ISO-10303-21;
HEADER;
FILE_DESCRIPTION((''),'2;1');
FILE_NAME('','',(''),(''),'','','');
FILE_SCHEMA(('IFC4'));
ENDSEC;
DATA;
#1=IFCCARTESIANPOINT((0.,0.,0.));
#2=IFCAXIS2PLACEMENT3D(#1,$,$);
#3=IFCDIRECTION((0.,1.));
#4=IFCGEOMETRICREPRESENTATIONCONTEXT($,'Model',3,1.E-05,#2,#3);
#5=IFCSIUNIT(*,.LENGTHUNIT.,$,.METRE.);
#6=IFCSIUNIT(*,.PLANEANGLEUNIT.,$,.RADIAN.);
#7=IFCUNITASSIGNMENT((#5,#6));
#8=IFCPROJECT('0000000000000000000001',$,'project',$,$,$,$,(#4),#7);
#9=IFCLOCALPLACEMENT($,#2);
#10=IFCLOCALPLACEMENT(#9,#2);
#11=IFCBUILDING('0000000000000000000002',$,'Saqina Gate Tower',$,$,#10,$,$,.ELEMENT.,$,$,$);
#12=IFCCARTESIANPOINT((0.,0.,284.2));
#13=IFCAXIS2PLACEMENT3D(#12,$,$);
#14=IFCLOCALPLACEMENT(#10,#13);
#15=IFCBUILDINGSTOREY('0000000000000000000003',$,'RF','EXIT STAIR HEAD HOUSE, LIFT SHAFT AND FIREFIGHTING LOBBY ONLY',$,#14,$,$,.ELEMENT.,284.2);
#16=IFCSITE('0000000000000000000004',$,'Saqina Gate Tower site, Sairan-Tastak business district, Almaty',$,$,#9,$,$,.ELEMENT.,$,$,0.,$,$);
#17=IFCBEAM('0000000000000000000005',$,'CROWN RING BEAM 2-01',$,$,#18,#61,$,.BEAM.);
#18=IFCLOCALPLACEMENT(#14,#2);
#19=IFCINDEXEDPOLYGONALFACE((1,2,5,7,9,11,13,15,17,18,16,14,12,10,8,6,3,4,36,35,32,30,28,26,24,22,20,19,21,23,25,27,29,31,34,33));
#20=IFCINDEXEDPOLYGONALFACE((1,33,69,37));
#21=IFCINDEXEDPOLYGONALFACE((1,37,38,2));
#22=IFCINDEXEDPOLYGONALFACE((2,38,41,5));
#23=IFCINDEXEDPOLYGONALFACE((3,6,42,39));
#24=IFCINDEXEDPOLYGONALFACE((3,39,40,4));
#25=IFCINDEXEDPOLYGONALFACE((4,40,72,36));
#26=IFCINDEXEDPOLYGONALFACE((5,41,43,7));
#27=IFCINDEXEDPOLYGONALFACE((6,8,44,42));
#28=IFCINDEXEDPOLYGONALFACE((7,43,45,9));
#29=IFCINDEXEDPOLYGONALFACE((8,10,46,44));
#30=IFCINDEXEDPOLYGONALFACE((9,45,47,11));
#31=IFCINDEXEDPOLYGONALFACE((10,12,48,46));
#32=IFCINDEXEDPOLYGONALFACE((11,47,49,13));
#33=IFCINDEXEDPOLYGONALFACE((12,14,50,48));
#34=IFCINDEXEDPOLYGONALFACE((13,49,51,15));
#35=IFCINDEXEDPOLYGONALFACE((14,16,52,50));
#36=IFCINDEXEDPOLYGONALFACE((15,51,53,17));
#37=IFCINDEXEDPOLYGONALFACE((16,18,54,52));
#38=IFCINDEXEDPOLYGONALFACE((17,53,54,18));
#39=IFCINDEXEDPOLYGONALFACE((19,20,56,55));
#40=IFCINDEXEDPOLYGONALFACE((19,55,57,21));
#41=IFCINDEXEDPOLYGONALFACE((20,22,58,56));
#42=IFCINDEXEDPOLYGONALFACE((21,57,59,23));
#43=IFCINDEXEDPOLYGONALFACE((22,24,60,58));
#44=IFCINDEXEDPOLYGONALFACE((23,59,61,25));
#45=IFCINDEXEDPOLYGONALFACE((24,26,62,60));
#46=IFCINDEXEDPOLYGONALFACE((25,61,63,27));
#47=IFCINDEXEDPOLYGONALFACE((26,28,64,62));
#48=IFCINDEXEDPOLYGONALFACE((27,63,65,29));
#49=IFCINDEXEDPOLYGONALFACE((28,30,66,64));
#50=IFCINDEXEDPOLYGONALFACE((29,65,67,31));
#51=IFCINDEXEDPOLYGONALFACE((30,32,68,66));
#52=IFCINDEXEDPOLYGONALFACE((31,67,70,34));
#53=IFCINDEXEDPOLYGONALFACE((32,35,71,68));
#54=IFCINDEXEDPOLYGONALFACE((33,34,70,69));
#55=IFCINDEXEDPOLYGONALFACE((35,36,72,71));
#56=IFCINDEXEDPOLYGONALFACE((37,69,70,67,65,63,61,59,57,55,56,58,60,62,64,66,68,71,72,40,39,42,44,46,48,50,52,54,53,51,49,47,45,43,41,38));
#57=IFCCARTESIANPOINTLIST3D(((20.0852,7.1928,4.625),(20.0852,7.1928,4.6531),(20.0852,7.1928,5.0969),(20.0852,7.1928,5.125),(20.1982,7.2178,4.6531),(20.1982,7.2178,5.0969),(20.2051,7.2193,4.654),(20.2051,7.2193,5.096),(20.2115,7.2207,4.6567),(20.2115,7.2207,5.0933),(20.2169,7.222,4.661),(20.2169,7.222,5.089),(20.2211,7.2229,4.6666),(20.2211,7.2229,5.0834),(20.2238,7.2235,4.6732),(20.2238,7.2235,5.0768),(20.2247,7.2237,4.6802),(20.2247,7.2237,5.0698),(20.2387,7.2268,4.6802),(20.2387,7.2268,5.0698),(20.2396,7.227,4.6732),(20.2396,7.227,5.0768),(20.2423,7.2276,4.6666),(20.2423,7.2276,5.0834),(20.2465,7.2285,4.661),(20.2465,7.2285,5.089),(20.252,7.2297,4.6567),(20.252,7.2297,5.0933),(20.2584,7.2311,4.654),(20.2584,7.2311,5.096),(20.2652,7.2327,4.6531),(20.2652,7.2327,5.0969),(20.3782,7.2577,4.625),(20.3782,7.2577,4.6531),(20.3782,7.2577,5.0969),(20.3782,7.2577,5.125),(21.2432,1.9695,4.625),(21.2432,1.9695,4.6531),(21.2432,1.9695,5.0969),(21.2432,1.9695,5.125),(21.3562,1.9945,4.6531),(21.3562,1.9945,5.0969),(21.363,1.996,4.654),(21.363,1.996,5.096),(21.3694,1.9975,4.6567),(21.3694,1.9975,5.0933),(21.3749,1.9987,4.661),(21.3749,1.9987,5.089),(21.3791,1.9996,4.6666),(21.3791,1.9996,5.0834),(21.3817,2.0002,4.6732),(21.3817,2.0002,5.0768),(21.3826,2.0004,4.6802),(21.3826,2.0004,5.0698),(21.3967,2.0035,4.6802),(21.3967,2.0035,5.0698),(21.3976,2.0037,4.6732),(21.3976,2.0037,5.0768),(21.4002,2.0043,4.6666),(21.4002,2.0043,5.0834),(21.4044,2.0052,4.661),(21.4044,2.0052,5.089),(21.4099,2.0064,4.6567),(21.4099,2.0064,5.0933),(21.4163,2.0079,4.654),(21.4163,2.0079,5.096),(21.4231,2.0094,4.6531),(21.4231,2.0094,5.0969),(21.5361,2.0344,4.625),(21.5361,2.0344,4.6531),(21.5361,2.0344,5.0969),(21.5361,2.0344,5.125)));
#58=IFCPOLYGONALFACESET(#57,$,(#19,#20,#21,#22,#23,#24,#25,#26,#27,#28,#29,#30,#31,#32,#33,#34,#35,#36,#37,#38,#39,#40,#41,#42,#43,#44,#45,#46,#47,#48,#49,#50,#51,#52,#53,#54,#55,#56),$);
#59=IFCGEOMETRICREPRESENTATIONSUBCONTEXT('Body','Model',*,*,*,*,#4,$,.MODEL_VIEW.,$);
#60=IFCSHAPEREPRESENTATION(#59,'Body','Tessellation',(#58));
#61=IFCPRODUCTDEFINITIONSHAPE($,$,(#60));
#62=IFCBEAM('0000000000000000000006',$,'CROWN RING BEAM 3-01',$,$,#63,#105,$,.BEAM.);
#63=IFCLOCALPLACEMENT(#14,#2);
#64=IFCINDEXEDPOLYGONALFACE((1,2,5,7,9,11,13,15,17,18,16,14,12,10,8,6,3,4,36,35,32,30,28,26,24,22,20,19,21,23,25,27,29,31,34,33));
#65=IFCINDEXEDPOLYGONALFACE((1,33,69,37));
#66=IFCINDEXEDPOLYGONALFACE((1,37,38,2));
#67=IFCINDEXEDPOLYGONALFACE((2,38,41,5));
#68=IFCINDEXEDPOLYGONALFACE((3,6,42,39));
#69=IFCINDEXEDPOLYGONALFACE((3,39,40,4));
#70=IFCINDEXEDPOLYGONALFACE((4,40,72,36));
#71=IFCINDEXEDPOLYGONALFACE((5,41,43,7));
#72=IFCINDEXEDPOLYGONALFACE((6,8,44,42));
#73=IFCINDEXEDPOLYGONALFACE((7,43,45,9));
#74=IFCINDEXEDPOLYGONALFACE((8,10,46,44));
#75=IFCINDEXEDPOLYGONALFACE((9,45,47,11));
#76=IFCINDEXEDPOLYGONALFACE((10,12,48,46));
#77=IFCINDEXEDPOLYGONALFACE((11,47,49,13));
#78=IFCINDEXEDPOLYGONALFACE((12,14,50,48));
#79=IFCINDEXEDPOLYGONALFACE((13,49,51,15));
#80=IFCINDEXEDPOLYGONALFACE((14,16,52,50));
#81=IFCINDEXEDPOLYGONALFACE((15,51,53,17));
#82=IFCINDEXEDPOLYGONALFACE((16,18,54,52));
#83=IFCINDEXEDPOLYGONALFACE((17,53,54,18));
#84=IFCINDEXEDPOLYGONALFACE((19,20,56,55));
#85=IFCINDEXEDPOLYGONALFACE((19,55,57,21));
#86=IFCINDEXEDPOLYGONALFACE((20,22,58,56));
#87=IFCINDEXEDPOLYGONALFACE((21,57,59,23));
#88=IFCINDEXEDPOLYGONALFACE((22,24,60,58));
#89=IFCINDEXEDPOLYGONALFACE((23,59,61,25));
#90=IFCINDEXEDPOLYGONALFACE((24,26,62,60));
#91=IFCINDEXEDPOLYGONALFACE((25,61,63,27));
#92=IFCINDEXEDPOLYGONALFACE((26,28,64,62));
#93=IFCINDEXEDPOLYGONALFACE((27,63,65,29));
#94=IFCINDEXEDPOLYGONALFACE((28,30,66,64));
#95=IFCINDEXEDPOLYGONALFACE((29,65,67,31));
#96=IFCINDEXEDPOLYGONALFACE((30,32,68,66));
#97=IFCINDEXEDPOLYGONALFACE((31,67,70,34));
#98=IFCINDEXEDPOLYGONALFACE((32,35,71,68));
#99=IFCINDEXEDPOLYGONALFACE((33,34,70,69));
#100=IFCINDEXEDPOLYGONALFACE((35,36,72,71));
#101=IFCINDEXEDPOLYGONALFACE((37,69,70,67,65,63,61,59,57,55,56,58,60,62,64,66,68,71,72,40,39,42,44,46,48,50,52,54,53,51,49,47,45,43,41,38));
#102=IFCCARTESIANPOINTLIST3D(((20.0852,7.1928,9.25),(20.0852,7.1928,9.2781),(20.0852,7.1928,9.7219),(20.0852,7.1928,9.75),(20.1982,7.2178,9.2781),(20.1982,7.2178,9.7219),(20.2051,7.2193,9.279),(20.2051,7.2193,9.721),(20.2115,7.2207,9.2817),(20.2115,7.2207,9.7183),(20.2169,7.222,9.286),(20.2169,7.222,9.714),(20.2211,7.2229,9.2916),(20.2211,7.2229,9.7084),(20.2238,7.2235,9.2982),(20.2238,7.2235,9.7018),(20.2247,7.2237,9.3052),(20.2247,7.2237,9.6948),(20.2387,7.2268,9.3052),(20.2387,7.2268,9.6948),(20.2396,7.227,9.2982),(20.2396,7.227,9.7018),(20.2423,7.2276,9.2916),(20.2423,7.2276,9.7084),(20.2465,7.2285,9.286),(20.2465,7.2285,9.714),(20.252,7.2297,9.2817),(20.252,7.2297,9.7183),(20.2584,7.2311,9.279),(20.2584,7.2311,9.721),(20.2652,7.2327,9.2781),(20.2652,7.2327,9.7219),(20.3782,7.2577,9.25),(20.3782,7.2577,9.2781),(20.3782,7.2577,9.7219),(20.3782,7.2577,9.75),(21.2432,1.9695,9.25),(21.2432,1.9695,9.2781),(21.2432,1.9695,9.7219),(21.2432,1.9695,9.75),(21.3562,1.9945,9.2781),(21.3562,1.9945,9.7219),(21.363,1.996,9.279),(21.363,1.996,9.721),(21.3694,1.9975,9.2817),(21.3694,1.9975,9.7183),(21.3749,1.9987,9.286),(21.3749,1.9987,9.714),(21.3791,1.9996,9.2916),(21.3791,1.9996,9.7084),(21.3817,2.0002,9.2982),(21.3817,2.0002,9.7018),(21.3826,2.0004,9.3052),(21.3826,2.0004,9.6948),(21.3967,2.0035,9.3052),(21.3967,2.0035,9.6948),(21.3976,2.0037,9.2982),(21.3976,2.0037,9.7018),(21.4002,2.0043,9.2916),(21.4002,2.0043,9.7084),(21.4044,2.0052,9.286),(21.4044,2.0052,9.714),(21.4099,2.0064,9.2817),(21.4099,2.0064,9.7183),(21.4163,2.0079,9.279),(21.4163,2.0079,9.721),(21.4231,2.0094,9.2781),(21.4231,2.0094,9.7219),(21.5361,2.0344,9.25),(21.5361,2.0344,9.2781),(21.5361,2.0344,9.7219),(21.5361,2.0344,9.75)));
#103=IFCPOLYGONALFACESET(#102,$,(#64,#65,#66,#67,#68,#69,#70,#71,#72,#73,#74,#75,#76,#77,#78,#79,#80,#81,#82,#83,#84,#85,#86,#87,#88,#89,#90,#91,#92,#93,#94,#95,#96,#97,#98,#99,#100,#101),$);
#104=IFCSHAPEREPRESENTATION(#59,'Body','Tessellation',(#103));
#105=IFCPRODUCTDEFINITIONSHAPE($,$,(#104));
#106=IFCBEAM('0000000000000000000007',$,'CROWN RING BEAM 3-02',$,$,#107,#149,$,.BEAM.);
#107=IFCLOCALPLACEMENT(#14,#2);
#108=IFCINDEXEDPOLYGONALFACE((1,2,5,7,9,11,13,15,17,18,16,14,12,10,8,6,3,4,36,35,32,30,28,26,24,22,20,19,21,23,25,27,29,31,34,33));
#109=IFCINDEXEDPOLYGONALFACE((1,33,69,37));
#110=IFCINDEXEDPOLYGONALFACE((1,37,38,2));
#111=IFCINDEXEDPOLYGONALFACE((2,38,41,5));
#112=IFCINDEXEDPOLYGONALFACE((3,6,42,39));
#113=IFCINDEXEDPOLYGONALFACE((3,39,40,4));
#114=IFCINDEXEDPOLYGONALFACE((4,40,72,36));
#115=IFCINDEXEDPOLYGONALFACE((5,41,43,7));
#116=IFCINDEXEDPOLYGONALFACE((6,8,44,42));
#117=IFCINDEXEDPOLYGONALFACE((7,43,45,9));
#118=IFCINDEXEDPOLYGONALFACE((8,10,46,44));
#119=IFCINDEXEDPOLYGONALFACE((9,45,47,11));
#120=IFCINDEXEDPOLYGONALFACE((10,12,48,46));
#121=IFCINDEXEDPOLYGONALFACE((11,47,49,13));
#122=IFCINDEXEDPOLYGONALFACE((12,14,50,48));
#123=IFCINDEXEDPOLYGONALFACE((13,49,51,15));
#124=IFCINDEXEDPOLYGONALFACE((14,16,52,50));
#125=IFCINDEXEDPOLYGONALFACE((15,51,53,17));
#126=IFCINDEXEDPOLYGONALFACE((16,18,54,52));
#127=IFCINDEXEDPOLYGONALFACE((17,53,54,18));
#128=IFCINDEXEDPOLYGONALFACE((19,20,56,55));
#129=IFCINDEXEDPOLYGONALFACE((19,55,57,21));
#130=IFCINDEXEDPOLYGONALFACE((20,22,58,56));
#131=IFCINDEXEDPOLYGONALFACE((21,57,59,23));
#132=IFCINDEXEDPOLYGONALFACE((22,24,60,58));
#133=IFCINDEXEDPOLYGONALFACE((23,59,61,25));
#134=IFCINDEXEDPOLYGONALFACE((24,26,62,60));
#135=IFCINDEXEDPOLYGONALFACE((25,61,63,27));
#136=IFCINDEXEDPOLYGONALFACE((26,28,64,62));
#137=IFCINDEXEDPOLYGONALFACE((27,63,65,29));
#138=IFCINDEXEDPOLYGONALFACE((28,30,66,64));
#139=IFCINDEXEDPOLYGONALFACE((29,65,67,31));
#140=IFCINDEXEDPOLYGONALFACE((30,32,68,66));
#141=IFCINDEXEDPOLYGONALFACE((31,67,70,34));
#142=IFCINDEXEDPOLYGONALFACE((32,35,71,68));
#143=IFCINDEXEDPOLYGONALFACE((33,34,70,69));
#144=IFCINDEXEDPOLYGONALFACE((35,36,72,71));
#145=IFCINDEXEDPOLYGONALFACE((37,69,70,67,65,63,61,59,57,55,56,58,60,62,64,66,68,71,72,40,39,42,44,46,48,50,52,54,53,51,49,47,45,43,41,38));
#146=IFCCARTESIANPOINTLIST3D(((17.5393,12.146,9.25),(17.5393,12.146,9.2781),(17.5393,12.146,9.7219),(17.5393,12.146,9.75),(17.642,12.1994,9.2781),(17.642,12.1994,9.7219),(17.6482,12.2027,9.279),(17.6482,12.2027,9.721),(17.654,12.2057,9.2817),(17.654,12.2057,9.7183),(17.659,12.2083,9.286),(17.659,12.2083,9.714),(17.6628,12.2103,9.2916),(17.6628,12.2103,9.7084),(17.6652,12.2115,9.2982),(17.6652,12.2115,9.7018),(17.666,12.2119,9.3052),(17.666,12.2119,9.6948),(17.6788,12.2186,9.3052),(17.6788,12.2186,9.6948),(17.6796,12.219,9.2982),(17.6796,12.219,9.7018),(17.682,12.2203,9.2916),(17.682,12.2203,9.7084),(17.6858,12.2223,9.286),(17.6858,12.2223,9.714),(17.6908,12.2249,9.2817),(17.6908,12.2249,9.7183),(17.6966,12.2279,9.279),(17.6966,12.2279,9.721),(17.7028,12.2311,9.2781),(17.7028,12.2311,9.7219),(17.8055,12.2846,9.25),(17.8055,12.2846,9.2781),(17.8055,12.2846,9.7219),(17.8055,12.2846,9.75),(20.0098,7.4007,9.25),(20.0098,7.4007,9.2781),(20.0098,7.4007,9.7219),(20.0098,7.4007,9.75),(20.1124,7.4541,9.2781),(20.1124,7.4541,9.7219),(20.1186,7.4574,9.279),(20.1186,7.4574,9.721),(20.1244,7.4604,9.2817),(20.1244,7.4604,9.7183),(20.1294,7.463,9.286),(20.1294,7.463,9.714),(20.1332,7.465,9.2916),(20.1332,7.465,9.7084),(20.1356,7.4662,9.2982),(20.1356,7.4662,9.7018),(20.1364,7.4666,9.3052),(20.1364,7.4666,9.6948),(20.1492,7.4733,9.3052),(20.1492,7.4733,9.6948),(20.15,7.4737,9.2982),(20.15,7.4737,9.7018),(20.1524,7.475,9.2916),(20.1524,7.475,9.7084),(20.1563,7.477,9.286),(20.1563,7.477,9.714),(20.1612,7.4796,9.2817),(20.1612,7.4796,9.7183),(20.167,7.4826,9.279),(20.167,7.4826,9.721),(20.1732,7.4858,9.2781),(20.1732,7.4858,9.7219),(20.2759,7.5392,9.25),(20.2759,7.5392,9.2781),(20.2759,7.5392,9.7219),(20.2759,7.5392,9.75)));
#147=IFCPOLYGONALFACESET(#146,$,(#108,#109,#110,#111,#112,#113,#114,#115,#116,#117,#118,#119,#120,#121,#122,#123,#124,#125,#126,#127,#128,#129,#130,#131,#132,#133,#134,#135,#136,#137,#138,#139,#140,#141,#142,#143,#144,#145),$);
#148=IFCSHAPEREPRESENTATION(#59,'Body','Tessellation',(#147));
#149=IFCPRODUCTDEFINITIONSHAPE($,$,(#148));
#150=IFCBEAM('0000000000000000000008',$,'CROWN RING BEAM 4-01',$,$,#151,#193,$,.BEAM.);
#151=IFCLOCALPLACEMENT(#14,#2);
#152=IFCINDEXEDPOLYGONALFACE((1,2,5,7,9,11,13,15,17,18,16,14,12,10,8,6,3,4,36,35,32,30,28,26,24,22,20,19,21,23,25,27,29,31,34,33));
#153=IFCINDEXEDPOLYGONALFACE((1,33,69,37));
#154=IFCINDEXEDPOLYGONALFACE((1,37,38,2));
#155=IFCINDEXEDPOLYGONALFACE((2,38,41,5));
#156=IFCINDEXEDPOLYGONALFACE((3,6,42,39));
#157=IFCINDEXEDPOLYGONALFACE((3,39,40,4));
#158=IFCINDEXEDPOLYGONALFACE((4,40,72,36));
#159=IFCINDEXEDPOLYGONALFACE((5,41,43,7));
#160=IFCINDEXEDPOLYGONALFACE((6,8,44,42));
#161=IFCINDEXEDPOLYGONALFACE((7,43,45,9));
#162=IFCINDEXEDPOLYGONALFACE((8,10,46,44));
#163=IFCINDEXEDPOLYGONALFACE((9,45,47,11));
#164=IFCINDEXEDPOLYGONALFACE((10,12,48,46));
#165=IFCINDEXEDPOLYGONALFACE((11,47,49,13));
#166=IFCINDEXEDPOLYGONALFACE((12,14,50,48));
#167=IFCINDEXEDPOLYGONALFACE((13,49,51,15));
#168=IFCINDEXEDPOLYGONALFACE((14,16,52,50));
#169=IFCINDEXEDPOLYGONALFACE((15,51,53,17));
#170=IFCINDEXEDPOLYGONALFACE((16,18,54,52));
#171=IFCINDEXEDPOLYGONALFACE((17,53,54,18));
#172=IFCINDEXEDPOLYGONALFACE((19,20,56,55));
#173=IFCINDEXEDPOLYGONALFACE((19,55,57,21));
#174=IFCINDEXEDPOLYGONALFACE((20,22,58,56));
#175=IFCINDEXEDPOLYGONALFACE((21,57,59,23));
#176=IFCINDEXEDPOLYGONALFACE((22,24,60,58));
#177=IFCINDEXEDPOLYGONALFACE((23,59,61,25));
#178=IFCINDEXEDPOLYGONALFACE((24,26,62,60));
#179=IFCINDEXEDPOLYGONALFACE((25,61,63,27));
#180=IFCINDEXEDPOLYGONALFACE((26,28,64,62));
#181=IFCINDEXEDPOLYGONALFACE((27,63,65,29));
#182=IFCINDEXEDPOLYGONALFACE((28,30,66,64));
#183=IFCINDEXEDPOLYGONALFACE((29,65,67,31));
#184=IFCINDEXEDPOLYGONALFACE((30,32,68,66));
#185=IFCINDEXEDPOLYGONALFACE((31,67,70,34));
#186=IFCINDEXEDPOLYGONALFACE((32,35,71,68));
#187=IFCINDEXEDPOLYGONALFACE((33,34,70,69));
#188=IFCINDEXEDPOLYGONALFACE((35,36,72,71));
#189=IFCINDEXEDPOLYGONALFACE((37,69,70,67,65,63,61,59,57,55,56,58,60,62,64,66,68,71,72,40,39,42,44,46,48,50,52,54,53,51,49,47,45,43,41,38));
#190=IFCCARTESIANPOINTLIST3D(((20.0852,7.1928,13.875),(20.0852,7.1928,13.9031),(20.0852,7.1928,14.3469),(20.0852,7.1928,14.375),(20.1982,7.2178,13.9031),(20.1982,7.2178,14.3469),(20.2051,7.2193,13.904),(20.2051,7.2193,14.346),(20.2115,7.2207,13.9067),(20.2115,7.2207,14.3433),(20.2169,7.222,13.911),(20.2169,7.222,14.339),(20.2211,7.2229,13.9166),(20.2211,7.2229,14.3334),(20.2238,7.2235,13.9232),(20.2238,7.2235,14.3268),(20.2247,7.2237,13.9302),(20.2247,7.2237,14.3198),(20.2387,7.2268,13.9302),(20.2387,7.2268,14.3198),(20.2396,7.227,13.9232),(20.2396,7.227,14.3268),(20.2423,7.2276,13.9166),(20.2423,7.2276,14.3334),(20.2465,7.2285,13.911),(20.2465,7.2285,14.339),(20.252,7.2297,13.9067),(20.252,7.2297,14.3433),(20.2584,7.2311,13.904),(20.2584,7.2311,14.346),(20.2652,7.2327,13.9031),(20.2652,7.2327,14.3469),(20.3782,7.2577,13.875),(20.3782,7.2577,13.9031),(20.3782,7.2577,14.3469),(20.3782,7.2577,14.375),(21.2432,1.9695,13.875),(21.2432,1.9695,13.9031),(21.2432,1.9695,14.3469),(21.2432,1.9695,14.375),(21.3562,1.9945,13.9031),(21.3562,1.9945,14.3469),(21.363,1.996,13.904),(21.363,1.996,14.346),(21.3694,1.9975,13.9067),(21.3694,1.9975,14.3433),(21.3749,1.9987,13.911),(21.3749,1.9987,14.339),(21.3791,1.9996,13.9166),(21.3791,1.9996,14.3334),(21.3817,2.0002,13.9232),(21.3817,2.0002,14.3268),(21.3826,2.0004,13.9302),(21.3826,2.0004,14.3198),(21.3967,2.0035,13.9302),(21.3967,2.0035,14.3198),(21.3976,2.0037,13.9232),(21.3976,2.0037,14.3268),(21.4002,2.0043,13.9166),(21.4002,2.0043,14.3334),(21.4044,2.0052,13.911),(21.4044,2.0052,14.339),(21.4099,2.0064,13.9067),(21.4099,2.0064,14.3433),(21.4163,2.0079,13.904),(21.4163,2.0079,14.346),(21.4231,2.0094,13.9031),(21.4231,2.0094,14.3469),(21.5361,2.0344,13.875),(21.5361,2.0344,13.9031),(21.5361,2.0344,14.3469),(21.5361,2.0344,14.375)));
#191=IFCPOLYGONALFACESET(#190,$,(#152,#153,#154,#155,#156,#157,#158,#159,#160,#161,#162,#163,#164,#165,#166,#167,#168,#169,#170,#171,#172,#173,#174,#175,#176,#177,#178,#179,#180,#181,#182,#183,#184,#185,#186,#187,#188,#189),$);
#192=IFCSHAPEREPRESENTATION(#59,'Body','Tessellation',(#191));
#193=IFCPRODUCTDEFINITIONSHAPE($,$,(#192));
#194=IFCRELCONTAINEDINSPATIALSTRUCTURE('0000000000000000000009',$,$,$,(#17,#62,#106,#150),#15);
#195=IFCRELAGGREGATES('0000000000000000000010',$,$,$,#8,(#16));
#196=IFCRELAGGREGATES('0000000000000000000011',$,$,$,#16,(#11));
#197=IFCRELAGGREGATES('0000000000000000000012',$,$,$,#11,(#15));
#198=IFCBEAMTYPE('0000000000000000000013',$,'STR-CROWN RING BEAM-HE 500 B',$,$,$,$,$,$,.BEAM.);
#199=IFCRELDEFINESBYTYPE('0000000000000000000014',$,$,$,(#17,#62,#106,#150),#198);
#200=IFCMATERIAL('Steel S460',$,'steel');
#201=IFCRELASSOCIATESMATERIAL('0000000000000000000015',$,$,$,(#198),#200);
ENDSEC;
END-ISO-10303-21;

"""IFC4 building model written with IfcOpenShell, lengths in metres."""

from ifc_helpers import new_model, si_unit, direction, frame, origin, origin_2d, place, context, subcontext, project, spatial, i_section, extrude, material, material_profile, profile_set, type_object, element, save


model = new_model("IFC4")

# Units and contexts
model_context = context("Model", 3, precision=1e-05, world=origin(), true_north=direction((0.0, 1.0)))
body_context = subcontext(model_context, "Body", "Model", "MODEL_VIEW")
ifc_project = project(units=[si_unit("LENGTHUNIT", "METRE"), si_unit("PLANEANGLEUNIT", "RADIAN")], contexts=[model_context])

# Site, building, storey
site_placement = place(None, origin())
site = spatial("IfcSite", under=ifc_project, at=site_placement, Name="Saqina Gate Tower site, Sairan-Tastak business district, Almaty", CompositionType="ELEMENT", RefElevation=0.0)
building_placement = place(site_placement, origin())
building = spatial("IfcBuilding", under=site, at=building_placement, Name="Saqina Gate Tower", CompositionType="ELEMENT")
storey_placement = place(building_placement, frame((0.0, 0.0, 284.2)))
storey = spatial("IfcBuildingStorey", under=building, at=storey_placement, Name="RF", Description="EXIT STAIR HEAD HOUSE, LIFT SHAFT AND FIREFIGHTING LOBBY ONLY", CompositionType="ELEMENT", Elevation=284.2)

# Beams
ifc_material_1 = material(Name="Steel S460", Category="steel")
ifc_material_profile_1 = material_profile(ifc_material_1, i_section(OverallWidth=0.3, OverallDepth=0.5, WebThickness=0.0144, FlangeThickness=0.0281, FilletRadius=0.0271, at=origin_2d()), Name="HE 500 B")
ifc_profile_set_1 = profile_set([ifc_material_profile_1], Name="Steel S460")
beam_type_1 = type_object("IfcBeamType", Name="STR-CROWN RING BEAM-HE 500 B", PredefinedType="BEAM", material=ifc_profile_set_1)
for number, where, z_axis, x_axis, name in (
    (1, (21.3896, 2.002, 4.875), (-0.216433, 0.976298, 0.0), (-0.976298, -0.216433, 0.0), "CROWN RING BEAM 2-01"),
    (2, (21.3896, 2.002, 9.5), (-0.216433, 0.976298, 0.0), (-0.976298, -0.216433, 0.0), "CROWN RING BEAM 3-01"),
):
    element("IfcBeam", number, at=place(storey_placement, frame(where, z_axis=z_axis, x_axis=x_axis)), inside=storey, type_object=beam_type_1, Name=name, PredefinedType="BEAM", context=body_context, shape_type="SweptSolid", body=[
        extrude(i_section(OverallWidth=0.3, OverallDepth=0.5, WebThickness=0.0144, FlangeThickness=0.0281, FilletRadius=0.0271, at=origin_2d()), origin(), (0.0, 0.0, 1.0), 5.3501),
    ])
beam_1_placement = place(storey_placement, frame((20.1428, 7.47, 9.5), z_axis=(-0.461775, 0.886997, 0.0), x_axis=(-0.886997, -0.461775, 0.0)))
element("IfcBeam", 3, at=beam_1_placement, inside=storey, type_object=beam_type_1, Name="CROWN RING BEAM 3-02", PredefinedType="BEAM", context=body_context, shape_type="SweptSolid", body=[
    extrude(i_section(OverallWidth=0.3, OverallDepth=0.5, WebThickness=0.0144, FlangeThickness=0.0281, FilletRadius=0.0271, at=origin_2d()), origin(), (0.0, 0.0, 1.0), 5.3499),
])
beam_2_placement = place(storey_placement, frame((21.3896, 2.002, 14.125), z_axis=(-0.216433, 0.976298, 0.0), x_axis=(-0.976298, -0.216433, 0.0)))
element("IfcBeam", 4, at=beam_2_placement, inside=storey, type_object=beam_type_1, Name="CROWN RING BEAM 4-01", PredefinedType="BEAM", context=body_context, shape_type="SweptSolid", body=[
    extrude(i_section(OverallWidth=0.3, OverallDepth=0.5, WebThickness=0.0144, FlangeThickness=0.0281, FilletRadius=0.0271, at=origin_2d()), origin(), (0.0, 0.0, 1.0), 5.3501),
])

save(model, "model.ifc")
